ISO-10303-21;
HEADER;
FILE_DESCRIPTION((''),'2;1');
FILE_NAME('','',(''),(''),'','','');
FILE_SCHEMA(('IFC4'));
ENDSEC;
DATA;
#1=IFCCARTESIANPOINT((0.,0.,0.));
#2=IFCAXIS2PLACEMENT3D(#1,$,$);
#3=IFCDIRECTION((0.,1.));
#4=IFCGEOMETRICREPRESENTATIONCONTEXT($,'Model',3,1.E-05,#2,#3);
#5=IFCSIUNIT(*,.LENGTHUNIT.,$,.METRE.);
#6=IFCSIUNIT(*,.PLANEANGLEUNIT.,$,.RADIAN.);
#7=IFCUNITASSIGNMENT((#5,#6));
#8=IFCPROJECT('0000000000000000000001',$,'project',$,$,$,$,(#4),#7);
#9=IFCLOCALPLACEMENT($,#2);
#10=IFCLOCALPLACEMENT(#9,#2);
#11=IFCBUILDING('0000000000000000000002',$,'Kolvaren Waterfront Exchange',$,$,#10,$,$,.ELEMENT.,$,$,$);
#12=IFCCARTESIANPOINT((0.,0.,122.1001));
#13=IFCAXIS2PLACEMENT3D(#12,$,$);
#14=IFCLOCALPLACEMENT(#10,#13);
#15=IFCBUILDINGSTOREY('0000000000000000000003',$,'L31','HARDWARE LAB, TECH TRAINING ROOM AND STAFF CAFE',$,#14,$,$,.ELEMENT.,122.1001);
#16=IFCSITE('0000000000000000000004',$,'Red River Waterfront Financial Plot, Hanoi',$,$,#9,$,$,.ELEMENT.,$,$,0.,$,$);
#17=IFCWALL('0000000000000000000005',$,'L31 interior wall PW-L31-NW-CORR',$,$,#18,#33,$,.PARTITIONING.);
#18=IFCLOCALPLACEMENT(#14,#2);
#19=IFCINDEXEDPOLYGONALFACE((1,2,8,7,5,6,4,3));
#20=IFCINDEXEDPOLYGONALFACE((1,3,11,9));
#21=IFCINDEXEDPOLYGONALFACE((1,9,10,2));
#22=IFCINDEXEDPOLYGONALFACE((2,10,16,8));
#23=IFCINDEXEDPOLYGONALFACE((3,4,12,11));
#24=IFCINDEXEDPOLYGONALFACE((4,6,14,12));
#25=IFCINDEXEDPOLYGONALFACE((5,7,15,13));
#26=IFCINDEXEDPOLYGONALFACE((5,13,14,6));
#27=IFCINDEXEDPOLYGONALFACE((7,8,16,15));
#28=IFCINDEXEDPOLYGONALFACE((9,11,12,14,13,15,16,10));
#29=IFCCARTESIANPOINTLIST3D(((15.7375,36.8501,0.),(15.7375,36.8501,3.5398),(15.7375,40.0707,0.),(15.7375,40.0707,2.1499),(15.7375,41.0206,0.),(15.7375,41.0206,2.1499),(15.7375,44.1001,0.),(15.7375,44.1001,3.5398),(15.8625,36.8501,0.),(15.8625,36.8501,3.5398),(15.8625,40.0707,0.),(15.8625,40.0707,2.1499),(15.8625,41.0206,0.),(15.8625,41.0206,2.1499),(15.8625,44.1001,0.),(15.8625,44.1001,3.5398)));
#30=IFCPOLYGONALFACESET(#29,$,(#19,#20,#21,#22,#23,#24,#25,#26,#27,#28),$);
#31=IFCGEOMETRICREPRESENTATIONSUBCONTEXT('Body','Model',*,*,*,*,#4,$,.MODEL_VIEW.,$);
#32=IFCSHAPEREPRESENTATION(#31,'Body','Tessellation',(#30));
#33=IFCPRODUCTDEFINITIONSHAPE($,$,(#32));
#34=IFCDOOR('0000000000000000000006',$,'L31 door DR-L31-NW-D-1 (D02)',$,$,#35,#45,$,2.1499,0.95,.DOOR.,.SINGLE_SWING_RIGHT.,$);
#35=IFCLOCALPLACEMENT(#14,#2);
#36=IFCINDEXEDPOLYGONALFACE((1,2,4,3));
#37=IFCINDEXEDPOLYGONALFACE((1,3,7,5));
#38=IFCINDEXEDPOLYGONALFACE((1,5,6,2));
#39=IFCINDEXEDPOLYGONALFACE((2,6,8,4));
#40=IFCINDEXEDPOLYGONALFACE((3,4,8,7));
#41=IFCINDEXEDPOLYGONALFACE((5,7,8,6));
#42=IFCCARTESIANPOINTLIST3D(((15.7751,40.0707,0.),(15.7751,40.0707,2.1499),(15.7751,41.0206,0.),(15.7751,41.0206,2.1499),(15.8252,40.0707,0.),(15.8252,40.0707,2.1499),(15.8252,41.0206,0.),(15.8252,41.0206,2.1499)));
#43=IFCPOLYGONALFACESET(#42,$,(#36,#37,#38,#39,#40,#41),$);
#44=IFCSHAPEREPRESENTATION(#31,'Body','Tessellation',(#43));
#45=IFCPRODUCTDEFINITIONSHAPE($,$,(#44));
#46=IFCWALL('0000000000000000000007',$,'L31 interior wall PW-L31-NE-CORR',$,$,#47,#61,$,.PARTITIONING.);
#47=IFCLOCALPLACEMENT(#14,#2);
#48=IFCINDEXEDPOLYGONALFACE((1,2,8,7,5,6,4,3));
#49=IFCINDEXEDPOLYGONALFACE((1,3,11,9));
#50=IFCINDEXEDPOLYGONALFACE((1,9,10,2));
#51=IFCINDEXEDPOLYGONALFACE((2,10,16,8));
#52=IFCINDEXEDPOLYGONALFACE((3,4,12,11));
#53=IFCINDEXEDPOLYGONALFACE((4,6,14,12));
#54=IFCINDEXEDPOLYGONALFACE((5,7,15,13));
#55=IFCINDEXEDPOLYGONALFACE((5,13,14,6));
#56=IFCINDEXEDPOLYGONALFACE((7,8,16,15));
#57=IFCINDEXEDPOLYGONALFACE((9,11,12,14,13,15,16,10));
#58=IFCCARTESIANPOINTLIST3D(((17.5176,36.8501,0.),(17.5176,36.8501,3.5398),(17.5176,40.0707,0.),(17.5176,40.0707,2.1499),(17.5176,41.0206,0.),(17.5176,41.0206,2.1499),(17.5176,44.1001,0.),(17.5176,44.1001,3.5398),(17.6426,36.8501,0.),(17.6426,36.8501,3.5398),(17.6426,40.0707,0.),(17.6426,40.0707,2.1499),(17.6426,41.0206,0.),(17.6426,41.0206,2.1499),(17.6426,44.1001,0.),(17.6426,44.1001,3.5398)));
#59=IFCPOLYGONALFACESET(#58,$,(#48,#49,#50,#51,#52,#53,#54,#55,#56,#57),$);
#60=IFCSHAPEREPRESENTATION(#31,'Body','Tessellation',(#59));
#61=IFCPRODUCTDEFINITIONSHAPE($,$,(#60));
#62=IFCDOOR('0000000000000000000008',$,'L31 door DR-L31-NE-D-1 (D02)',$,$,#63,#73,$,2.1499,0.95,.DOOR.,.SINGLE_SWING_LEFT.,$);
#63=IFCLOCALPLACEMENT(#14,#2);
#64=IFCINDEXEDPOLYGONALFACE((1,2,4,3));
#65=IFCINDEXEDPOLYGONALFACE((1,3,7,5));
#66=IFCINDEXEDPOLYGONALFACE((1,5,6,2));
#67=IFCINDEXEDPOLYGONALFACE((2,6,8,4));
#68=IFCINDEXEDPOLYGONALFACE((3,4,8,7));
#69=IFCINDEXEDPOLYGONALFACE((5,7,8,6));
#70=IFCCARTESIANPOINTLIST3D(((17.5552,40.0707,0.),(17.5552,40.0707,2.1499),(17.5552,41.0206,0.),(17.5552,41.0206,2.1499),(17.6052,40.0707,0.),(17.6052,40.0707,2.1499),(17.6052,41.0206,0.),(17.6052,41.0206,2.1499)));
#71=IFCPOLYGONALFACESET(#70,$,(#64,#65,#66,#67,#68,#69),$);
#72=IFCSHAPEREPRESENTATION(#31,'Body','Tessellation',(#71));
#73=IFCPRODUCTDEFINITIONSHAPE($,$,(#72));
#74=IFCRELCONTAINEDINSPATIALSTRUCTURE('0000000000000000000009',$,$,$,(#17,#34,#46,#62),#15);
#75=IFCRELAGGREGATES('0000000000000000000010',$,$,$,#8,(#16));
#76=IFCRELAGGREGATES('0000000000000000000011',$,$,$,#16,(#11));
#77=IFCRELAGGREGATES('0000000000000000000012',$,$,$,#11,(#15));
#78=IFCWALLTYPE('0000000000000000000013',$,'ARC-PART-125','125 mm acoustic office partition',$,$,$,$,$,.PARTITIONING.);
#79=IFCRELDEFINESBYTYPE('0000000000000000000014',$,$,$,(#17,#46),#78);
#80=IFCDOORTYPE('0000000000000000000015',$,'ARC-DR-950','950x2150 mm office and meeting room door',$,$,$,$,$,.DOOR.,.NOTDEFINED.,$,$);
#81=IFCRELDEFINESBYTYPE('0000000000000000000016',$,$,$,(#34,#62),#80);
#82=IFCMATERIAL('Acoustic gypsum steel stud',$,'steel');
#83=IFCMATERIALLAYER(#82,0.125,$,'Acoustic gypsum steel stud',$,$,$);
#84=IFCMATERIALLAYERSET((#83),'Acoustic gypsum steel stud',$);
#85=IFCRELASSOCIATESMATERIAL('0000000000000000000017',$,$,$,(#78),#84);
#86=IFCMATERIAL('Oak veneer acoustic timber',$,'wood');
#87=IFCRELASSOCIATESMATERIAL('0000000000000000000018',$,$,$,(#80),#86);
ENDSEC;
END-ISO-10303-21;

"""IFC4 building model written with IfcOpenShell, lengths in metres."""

from ifc_helpers import new_model, si_unit, direction, frame, frame_2d, origin, place, context, subcontext, project, spatial, rectangle, extrude, material, layer, layer_set, type_object, element, fill, save


model = new_model("IFC4")

# Units and contexts
model_context = context("Model", 3, precision=1e-05, world=origin(), true_north=direction((0.0, 1.0)))
body_context = subcontext(model_context, "Body", "Model", "MODEL_VIEW")
ifc_project = project(units=[si_unit("LENGTHUNIT", "METRE"), si_unit("PLANEANGLEUNIT", "RADIAN")], contexts=[model_context])

# Site, building, storey
site_placement = place(None, origin())
site = spatial("IfcSite", under=ifc_project, at=site_placement, Name="Red River Waterfront Financial Plot, Hanoi", CompositionType="ELEMENT", RefElevation=0.0)
building_placement = place(site_placement, origin())
building = spatial("IfcBuilding", under=site, at=building_placement, Name="Kolvaren Waterfront Exchange", CompositionType="ELEMENT")
storey_placement = place(building_placement, frame((0.0, 0.0, 122.1001)))
storey = spatial("IfcBuildingStorey", under=building, at=storey_placement, Name="L31", Description="HARDWARE LAB, TECH TRAINING ROOM AND STAFF CAFE", CompositionType="ELEMENT", Elevation=122.1001)

# Shared definitions
ifc_material_1 = material(Name="Acoustic gypsum steel stud", Category="steel")
ifc_layer_1 = layer(ifc_material_1, 0.125, Name="Acoustic gypsum steel stud")
ifc_layer_set_1 = layer_set([ifc_layer_1], Name="Acoustic gypsum steel stud")
wall_type = type_object("IfcWallType", Name="ARC-PART-125", Description="125 mm acoustic office partition", PredefinedType="PARTITIONING", material=ifc_layer_set_1)

# Walls, openings, doors
wall_1_placement = place(storey_placement, frame((15.8, 36.8501, 0.0), z_axis=(0.0, 0.0, 1.0), x_axis=(0.0, 1.0, 0.0)))
wall_1 = element("IfcWall", 1, at=wall_1_placement, inside=storey, type_object=wall_type, Name="L31 interior wall PW-L31-NW-CORR", PredefinedType="PARTITIONING", context=body_context, shape_type="SweptSolid", body=[
    extrude(rectangle(XDim=7.25, YDim=0.125, at=frame_2d((3.625, 0.0))), origin(), (0.0, 0.0, 1.0), 3.5398),
])
opening_1_placement = place(wall_1_placement, frame((3.2205, 0.0, 0.0)))
opening_1 = element("IfcOpeningElement", 2, at=opening_1_placement, cuts=wall_1, PredefinedType="OPENING", context=body_context, shape_type="SweptSolid", body=[
    extrude(rectangle(XDim=0.95, YDim=2.1499, at=frame_2d((0.4751, 1.075))), frame((0.0, 0.0725, 0.0), z_axis=(0.0, -1.0, 0.0), x_axis=(1.0, 0.0, 0.0)), (0.0, 0.0, 1.0), 0.145),
])
ifc_material_2 = material(Name="Oak veneer acoustic timber", Category="wood")
door_type = type_object("IfcDoorType", Name="ARC-DR-950", Description="950x2150 mm office and meeting room door", OperationType="NOTDEFINED", PredefinedType="DOOR", material=ifc_material_2)
door_1_placement = place(opening_1_placement, origin())
door_1 = element("IfcDoor", 3, at=door_1_placement, inside=storey, type_object=door_type, Name="L31 door DR-L31-NW-D-1 (D02)", OperationType="SINGLE_SWING_RIGHT", OverallHeight=2.1499, OverallWidth=0.95, PredefinedType="DOOR", context=body_context, shape_type="SweptSolid", body=[
    extrude(rectangle(XDim=0.95, YDim=2.1499, at=frame_2d((0.4751, 1.075))), frame((0.0, 0.0249, 0.0), z_axis=(0.0, -1.0, 0.0), x_axis=(1.0, 0.0, 0.0)), (0.0, 0.0, 1.0), 0.05),
])
fill(opening_1, door_1)
wall_2_placement = place(storey_placement, frame((17.5801, 36.8501, 0.0), z_axis=(0.0, 0.0, 1.0), x_axis=(0.0, 1.0, 0.0)))
wall_2 = element("IfcWall", 4, at=wall_2_placement, inside=storey, type_object=wall_type, Name="L31 interior wall PW-L31-NE-CORR", PredefinedType="PARTITIONING", context=body_context, shape_type="SweptSolid", body=[
    extrude(rectangle(XDim=7.25, YDim=0.125, at=frame_2d((3.625, 0.0))), origin(), (0.0, 0.0, 1.0), 3.5398),
])
opening_2_placement = place(wall_2_placement, frame((3.2205, 0.0, 0.0)))
opening_2 = element("IfcOpeningElement", 5, at=opening_2_placement, cuts=wall_2, PredefinedType="OPENING", context=body_context, shape_type="SweptSolid", body=[
    extrude(rectangle(XDim=0.95, YDim=2.1499, at=frame_2d((0.4751, 1.075))), frame((0.0, 0.0725, 0.0), z_axis=(0.0, -1.0, 0.0), x_axis=(1.0, 0.0, 0.0)), (0.0, 0.0, 1.0), 0.145),
])
door_2_placement = place(opening_2_placement, origin())
door_2 = element("IfcDoor", 6, at=door_2_placement, inside=storey, type_object=door_type, Name="L31 door DR-L31-NE-D-1 (D02)", OperationType="SINGLE_SWING_LEFT", OverallHeight=2.1499, OverallWidth=0.95, PredefinedType="DOOR", context=body_context, shape_type="SweptSolid", body=[
    extrude(rectangle(XDim=0.95, YDim=2.1499, at=frame_2d((0.4751, 1.075))), frame((0.0, 0.0249, 0.0), z_axis=(0.0, -1.0, 0.0), x_axis=(1.0, 0.0, 0.0)), (0.0, 0.0, 1.0), 0.05),
])
fill(opening_2, door_2)

save(model, "model.ifc")
